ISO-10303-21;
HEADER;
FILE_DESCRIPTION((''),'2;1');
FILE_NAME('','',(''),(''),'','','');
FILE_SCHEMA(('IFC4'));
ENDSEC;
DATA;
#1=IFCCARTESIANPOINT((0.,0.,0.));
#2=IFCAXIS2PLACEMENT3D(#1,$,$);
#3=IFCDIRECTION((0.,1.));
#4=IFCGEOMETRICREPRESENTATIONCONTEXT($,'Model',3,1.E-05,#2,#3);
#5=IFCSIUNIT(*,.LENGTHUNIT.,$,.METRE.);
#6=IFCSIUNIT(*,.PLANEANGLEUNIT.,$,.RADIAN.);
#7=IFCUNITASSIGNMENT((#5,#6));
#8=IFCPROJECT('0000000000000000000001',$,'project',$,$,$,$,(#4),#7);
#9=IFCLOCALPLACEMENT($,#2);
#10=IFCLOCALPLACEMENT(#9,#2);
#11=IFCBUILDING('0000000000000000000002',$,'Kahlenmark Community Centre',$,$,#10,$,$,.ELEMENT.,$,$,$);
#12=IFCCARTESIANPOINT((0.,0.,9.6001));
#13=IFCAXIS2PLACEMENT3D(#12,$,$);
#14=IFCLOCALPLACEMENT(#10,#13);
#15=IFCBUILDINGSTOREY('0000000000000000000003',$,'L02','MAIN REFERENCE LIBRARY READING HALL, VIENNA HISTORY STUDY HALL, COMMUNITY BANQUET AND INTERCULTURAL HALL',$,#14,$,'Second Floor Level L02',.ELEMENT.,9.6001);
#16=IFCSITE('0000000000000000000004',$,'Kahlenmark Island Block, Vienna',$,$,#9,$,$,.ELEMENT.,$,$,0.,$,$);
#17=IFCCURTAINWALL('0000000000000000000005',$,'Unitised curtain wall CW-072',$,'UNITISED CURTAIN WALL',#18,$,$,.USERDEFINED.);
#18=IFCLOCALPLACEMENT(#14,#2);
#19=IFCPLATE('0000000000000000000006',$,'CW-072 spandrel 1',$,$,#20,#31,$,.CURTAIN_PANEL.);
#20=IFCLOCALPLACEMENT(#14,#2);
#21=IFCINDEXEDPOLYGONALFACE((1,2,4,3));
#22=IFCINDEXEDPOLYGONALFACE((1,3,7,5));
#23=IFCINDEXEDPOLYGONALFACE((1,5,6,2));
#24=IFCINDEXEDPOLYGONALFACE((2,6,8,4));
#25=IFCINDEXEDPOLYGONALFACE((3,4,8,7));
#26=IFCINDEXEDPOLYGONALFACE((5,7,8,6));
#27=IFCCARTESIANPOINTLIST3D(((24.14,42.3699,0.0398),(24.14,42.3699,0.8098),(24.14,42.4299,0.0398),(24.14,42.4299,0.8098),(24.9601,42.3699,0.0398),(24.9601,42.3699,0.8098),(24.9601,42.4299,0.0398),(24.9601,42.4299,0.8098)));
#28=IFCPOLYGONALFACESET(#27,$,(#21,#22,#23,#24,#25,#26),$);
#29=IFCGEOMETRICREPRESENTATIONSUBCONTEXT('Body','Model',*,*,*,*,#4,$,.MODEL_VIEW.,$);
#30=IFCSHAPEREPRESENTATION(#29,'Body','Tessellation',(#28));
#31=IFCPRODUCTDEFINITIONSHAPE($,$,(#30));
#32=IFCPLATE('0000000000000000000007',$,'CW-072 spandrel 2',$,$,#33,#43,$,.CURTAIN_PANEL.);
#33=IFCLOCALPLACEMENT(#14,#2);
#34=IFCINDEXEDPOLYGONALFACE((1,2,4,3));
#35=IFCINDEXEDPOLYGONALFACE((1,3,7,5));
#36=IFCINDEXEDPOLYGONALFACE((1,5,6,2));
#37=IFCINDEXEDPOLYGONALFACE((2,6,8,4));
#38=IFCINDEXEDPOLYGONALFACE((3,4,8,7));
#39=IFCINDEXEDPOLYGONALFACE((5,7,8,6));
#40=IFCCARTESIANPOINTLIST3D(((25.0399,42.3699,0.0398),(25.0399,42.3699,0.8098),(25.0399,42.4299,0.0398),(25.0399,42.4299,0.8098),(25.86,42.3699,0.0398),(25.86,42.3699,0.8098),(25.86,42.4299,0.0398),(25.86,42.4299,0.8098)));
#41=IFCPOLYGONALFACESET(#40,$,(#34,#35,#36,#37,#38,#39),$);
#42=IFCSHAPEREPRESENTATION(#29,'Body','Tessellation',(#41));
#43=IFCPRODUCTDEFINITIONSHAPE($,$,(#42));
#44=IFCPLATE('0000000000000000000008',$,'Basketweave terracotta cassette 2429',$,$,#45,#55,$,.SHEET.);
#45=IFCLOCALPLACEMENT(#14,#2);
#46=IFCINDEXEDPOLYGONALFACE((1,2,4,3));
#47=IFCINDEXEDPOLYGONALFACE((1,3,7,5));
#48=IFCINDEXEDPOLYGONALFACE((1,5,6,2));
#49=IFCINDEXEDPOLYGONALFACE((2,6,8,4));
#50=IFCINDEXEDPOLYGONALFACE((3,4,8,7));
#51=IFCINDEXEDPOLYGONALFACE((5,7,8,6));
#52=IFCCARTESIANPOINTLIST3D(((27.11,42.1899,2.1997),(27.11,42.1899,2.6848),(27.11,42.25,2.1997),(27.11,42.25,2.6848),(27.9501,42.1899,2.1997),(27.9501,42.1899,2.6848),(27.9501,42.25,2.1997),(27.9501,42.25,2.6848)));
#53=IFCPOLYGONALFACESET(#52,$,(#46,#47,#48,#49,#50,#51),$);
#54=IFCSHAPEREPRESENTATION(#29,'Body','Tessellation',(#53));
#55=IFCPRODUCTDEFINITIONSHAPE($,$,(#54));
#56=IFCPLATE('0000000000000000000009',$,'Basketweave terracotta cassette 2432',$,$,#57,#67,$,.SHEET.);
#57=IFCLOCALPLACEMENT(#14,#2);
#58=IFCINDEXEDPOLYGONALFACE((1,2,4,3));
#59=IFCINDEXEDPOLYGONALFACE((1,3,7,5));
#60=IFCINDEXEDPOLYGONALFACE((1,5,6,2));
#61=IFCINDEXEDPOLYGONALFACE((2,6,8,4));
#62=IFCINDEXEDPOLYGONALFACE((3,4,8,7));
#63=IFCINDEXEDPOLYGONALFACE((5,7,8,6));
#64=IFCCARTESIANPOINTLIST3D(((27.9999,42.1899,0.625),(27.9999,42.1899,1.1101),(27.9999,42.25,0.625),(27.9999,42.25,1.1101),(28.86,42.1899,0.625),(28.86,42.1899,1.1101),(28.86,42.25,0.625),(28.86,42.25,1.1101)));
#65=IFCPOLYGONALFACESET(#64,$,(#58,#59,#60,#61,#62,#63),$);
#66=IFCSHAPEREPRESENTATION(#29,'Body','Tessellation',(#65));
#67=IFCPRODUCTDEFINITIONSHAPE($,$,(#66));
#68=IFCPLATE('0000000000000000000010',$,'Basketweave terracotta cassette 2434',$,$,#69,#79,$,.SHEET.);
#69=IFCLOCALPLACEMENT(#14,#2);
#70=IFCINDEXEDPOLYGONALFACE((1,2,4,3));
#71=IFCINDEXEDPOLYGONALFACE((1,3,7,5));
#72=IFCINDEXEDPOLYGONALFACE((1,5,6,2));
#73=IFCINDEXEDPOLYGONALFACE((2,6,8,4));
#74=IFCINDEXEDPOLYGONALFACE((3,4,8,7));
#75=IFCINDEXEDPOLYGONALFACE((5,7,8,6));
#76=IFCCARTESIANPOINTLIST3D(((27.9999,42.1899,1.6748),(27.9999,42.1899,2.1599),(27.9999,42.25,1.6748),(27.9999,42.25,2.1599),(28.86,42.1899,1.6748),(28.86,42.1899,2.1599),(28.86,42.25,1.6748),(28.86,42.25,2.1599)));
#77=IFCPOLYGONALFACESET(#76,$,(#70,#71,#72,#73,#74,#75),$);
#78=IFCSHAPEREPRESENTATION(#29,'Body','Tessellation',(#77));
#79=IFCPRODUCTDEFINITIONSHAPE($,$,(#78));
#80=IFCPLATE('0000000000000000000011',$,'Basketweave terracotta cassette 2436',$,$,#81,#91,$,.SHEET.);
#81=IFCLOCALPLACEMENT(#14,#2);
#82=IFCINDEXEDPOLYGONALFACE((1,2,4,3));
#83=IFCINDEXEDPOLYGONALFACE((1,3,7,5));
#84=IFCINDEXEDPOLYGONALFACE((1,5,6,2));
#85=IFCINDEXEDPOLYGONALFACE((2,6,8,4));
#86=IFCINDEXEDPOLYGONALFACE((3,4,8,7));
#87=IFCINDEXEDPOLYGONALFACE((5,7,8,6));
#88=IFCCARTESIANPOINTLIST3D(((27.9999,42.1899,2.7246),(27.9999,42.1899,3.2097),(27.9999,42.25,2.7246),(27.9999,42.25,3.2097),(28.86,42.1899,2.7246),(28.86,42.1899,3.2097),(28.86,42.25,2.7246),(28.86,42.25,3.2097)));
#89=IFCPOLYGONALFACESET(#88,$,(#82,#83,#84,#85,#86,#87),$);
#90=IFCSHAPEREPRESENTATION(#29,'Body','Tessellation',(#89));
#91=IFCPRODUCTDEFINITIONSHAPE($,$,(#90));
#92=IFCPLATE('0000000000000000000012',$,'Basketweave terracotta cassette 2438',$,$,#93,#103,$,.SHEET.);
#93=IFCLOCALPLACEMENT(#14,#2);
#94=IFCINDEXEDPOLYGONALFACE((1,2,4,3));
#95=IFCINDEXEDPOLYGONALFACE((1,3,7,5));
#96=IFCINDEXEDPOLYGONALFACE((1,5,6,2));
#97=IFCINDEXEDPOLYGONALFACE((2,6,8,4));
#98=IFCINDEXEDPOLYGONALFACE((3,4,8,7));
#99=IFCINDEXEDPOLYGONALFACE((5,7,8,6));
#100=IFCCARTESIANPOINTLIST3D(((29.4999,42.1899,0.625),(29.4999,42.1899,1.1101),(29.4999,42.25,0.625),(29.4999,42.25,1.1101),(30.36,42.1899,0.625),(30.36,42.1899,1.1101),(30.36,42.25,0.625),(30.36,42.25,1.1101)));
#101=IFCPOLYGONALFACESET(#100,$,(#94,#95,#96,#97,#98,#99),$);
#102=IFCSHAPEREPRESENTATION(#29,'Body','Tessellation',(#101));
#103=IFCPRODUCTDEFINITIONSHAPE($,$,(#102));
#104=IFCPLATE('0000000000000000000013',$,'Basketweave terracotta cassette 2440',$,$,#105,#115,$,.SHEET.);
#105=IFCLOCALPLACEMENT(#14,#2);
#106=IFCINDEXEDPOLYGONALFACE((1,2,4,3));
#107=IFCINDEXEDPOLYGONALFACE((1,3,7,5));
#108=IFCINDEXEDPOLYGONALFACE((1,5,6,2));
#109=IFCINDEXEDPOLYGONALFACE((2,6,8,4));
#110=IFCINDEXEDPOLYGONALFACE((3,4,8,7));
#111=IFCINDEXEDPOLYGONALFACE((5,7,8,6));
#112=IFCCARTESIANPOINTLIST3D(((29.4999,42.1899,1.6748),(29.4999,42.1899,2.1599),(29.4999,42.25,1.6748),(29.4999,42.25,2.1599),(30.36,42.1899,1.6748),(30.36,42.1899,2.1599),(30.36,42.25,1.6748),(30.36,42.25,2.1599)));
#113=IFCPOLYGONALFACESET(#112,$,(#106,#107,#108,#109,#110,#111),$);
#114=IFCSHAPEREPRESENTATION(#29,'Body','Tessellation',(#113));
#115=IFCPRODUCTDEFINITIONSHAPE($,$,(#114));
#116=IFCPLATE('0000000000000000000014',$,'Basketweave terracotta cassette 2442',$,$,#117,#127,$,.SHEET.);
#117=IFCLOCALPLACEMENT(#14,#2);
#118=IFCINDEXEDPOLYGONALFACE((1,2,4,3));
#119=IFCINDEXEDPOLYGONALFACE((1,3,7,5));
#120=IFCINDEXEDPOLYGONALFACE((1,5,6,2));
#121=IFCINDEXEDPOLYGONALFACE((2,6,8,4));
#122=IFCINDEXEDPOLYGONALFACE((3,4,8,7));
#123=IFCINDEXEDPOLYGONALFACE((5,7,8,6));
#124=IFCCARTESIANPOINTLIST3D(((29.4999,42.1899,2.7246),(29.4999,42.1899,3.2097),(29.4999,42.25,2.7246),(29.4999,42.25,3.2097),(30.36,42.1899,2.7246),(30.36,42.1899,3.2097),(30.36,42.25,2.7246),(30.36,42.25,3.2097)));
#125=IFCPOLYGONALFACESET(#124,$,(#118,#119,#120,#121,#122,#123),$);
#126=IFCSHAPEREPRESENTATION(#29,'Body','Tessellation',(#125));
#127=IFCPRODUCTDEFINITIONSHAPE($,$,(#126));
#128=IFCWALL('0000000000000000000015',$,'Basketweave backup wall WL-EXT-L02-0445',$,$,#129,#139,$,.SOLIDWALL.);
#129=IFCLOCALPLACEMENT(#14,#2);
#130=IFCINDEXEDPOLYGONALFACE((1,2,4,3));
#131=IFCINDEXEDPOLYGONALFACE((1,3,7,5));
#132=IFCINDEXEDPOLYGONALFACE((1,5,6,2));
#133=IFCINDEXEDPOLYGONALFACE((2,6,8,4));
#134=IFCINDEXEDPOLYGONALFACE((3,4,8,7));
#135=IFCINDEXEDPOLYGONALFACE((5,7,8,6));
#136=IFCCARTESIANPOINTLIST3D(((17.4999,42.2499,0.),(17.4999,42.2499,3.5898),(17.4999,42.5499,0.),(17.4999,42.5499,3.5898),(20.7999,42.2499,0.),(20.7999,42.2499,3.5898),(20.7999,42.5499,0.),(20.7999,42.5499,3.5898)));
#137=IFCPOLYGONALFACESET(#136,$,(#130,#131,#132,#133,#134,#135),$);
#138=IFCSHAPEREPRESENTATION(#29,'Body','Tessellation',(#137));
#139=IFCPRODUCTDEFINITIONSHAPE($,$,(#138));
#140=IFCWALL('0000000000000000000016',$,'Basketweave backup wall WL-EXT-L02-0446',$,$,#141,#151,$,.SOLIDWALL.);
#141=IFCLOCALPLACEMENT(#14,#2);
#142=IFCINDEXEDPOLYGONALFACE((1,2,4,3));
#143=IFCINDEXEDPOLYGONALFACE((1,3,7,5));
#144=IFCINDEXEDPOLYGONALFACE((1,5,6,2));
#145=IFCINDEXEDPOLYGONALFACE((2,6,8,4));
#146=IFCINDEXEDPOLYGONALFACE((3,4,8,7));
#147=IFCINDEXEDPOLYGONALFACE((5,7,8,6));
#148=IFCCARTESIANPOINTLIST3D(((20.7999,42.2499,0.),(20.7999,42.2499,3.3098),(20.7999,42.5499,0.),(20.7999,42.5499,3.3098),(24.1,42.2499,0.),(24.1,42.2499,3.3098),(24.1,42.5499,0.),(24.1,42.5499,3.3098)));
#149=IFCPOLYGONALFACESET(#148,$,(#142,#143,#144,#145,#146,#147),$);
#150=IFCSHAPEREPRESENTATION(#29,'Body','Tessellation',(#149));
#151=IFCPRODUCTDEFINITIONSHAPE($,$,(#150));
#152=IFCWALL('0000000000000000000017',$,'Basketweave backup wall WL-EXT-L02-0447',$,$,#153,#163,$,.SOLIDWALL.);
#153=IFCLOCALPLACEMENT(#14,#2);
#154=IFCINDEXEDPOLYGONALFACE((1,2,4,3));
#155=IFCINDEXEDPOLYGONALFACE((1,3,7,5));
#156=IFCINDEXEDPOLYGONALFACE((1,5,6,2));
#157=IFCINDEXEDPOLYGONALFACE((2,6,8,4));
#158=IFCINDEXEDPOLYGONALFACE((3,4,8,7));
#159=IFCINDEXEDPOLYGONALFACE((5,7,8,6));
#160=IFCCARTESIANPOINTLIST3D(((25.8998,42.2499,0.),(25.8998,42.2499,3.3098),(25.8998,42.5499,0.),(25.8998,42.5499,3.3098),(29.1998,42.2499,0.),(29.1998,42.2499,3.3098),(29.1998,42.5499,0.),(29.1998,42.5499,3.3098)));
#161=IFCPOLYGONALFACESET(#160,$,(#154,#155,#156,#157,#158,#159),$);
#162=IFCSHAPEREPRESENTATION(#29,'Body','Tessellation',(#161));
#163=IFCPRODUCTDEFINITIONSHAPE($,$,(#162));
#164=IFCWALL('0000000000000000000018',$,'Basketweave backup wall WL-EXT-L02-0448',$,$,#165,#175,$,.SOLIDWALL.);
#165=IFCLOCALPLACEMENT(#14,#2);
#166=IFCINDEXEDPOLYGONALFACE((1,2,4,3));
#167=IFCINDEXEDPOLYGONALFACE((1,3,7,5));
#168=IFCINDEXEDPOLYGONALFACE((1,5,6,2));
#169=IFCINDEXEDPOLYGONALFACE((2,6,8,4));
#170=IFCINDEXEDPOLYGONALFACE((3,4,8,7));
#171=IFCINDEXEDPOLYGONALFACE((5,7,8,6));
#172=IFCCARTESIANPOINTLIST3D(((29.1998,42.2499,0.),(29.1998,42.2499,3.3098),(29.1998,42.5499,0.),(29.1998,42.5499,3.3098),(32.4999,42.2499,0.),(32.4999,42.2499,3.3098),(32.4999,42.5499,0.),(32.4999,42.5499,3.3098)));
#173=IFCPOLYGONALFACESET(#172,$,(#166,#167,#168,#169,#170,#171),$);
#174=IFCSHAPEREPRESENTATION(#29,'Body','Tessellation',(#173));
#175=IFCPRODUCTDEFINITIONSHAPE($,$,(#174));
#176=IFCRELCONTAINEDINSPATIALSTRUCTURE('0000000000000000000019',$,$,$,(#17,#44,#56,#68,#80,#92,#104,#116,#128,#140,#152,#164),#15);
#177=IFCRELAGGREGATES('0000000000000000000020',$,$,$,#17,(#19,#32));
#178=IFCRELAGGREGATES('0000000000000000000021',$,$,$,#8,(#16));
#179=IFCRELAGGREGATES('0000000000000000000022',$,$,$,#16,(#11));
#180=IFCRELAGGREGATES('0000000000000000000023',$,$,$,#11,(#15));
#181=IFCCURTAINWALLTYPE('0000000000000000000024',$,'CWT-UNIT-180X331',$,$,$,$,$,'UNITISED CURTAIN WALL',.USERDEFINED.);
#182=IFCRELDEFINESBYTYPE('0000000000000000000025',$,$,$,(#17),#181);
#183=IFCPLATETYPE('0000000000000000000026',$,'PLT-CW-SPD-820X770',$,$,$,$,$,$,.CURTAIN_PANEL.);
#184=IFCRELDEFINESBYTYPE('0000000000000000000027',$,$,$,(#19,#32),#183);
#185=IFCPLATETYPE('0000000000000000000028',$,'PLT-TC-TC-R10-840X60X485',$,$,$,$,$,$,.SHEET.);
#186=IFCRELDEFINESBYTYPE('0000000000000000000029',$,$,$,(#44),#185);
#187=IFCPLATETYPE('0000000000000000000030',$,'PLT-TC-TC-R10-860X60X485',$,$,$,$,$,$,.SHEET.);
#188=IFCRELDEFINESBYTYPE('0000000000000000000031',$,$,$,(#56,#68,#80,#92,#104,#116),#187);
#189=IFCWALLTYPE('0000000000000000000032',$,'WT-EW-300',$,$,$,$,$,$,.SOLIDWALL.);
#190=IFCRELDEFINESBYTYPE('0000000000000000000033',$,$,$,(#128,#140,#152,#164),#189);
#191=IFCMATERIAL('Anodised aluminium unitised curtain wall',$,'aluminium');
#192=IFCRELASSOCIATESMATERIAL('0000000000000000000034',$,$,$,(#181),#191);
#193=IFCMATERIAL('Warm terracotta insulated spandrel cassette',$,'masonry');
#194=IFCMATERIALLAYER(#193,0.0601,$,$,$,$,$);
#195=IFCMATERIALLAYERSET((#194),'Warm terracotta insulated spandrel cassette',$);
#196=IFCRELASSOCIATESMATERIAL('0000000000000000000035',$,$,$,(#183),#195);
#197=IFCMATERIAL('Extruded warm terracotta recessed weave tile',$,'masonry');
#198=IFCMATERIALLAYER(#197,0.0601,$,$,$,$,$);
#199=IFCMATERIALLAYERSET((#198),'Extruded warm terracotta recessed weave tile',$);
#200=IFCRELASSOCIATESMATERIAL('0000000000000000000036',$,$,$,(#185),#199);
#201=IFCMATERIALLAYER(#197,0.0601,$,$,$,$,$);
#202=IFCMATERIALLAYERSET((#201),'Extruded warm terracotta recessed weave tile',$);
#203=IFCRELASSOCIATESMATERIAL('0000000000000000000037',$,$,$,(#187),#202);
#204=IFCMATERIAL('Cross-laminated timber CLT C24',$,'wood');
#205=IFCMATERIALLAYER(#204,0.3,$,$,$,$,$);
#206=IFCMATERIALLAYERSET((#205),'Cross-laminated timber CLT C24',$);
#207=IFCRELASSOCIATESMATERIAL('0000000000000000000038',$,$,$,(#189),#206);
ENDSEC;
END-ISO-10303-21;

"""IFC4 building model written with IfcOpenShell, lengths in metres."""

from ifc_helpers import new_model, si_unit, direction, frame, frame_2d, origin, origin_2d, place, context, subcontext, project, spatial, rectangle, extrude, material, layer, layer_set, type_object, element, aggregate, save


model = new_model("IFC4")

# Units and contexts
model_context = context("Model", 3, precision=1e-05, world=origin(), true_north=direction((0.0, 1.0)))
body_context = subcontext(model_context, "Body", "Model", "MODEL_VIEW")
ifc_project = project(units=[si_unit("LENGTHUNIT", "METRE"), si_unit("PLANEANGLEUNIT", "RADIAN")], contexts=[model_context])

# Site, building, storey
site_placement = place(None, origin())
site = spatial("IfcSite", under=ifc_project, at=site_placement, Name="Kahlenmark Island Block, Vienna", CompositionType="ELEMENT", RefElevation=0.0)
building_placement = place(site_placement, origin())
building = spatial("IfcBuilding", under=site, at=building_placement, Name="Kahlenmark Community Centre", CompositionType="ELEMENT")
storey_placement = place(building_placement, frame((0.0, 0.0, 9.6001)))
storey = spatial("IfcBuildingStorey", under=building, at=storey_placement, Name="L02", Description="MAIN REFERENCE LIBRARY READING HALL, VIENNA HISTORY STUDY HALL, COMMUNITY BANQUET AND INTERCULTURAL HALL", LongName="Second Floor Level L02", CompositionType="ELEMENT", Elevation=9.6001)

# Curtain wall
ifc_material_1 = material(Name="Anodised aluminium unitised curtain wall", Category="aluminium")
curtain_wall_type_1 = type_object("IfcCurtainWallType", Name="CWT-UNIT-180X331", ElementType="UNITISED CURTAIN WALL", PredefinedType="USERDEFINED", material=ifc_material_1)
curtain_wall_1_placement = place(storey_placement, origin())
curtain_wall_1 = element("IfcCurtainWall", 1, at=curtain_wall_1_placement, inside=storey, type_object=curtain_wall_type_1, Name="Unitised curtain wall CW-072", ObjectType="UNITISED CURTAIN WALL", PredefinedType="USERDEFINED")

# Plates
ifc_material_2 = material(Name="Warm terracotta insulated spandrel cassette", Category="masonry")
ifc_layer_1 = layer(ifc_material_2, 0.0601)
ifc_layer_set_1 = layer_set([ifc_layer_1], Name="Warm terracotta insulated spandrel cassette")
plate_type_1 = type_object("IfcPlateType", Name="PLT-CW-SPD-820X770", PredefinedType="CURTAIN_PANEL", material=ifc_layer_set_1)
plate_1_placement = place(storey_placement, frame((24.55, 42.3999, 0.0398), z_axis=(0.0, 0.0, 1.0), x_axis=(1.0, 0.0, 0.0)))
plate_1 = element("IfcPlate", 2, at=plate_1_placement, type_object=plate_type_1, Name="CW-072 spandrel 1", PredefinedType="CURTAIN_PANEL", context=body_context, shape_type="SweptSolid", body=[
    extrude(rectangle(XDim=0.8201, YDim=0.0601, at=origin_2d()), origin(), (0.0, 0.0, 1.0), 0.77),
])
plate_2_placement = place(storey_placement, frame((25.45, 42.3999, 0.0398), z_axis=(0.0, 0.0, 1.0), x_axis=(1.0, 0.0, 0.0)))
plate_2 = element("IfcPlate", 3, at=plate_2_placement, type_object=plate_type_1, Name="CW-072 spandrel 2", PredefinedType="CURTAIN_PANEL", context=body_context, shape_type="SweptSolid", body=[
    extrude(rectangle(XDim=0.8201, YDim=0.0601, at=origin_2d()), origin(), (0.0, 0.0, 1.0), 0.77),
])
aggregate(curtain_wall_1, [plate_1, plate_2])

# Plates
ifc_material_3 = material(Name="Extruded warm terracotta recessed weave tile", Category="masonry")
ifc_layer_2 = layer(ifc_material_3, 0.0601)
ifc_layer_set_2 = layer_set([ifc_layer_2], Name="Extruded warm terracotta recessed weave tile")
plate_type_2 = type_object("IfcPlateType", Name="PLT-TC-TC-R10-840X60X485", PredefinedType="SHEET", material=ifc_layer_set_2)
plate_3_placement = place(storey_placement, frame((27.53, 42.22, 2.1997), z_axis=(0.0, 0.0, 1.0), x_axis=(1.0, 0.0, 0.0)))
element("IfcPlate", 4, at=plate_3_placement, inside=storey, type_object=plate_type_2, Name="Basketweave terracotta cassette 2429", PredefinedType="SHEET", context=body_context, shape_type="SweptSolid", body=[
    extrude(rectangle(XDim=0.8401, YDim=0.0601, at=origin_2d()), origin(), (0.0, 0.0, 1.0), 0.4851),
])
ifc_layer_3 = layer(ifc_material_3, 0.0601)
ifc_layer_set_3 = layer_set([ifc_layer_3], Name="Extruded warm terracotta recessed weave tile")
plate_type_3 = type_object("IfcPlateType", Name="PLT-TC-TC-R10-860X60X485", PredefinedType="SHEET", material=ifc_layer_set_3)
for number, where, z_axis, x_axis, name in (
    (5, (28.4299, 42.22, 0.625), (0.0, 0.0, 1.0), (1.0, 0.0, 0.0), "Basketweave terracotta cassette 2432"),
    (6, (28.4299, 42.22, 1.6748), (0.0, 0.0, 1.0), (1.0, 0.0, 0.0), "Basketweave terracotta cassette 2434"),
    (7, (28.4299, 42.22, 2.7246), (0.0, 0.0, 1.0), (1.0, 0.0, 0.0), "Basketweave terracotta cassette 2436"),
    (8, (29.9299, 42.22, 0.625), (0.0, 0.0, 1.0), (1.0, 0.0, 0.0), "Basketweave terracotta cassette 2438"),
    (9, (29.9299, 42.22, 1.6748), (0.0, 0.0, 1.0), (1.0, 0.0, 0.0), "Basketweave terracotta cassette 2440"),
    (10, (29.9299, 42.22, 2.7246), (0.0, 0.0, 1.0), (1.0, 0.0, 0.0), "Basketweave terracotta cassette 2442"),
):
    element("IfcPlate", number, at=place(storey_placement, frame(where, z_axis=z_axis, x_axis=x_axis)), inside=storey, type_object=plate_type_3, Name=name, PredefinedType="SHEET", context=body_context, shape_type="SweptSolid", body=[
        extrude(rectangle(XDim=0.8601, YDim=0.0601, at=origin_2d()), origin(), (0.0, 0.0, 1.0), 0.4851),
    ])

# Walls
ifc_material_4 = material(Name="Cross-laminated timber CLT C24", Category="wood")
ifc_layer_4 = layer(ifc_material_4, 0.3)
ifc_layer_set_4 = layer_set([ifc_layer_4], Name="Cross-laminated timber CLT C24")
wall_type = type_object("IfcWallType", Name="WT-EW-300", PredefinedType="SOLIDWALL", material=ifc_layer_set_4)
wall_placement = place(storey_placement, frame((17.5, 42.3999, 0.0), z_axis=(0.0, 0.0, 1.0), x_axis=(1.0, 0.0, 0.0)))
element("IfcWall", 11, at=wall_placement, inside=storey, type_object=wall_type, Name="Basketweave backup wall WL-EXT-L02-0445", PredefinedType="SOLIDWALL", context=body_context, shape_type="SweptSolid", body=[
    extrude(rectangle(XDim=3.3, YDim=0.3, at=frame_2d((1.6499, 0.0))), origin(), (0.0, 0.0, 1.0), 3.5898),
])
for number, where, z_axis, x_axis, name in (
    (12, (20.8, 42.3999, 0.0), (0.0, 0.0, 1.0), (1.0, 0.0, 0.0), "Basketweave backup wall WL-EXT-L02-0446"),
    (13, (25.8999, 42.3999, 0.0), (0.0, 0.0, 1.0), (1.0, 0.0, 0.0), "Basketweave backup wall WL-EXT-L02-0447"),
    (14, (29.2, 42.3999, 0.0), (0.0, 0.0, 1.0), (1.0, 0.0, 0.0), "Basketweave backup wall WL-EXT-L02-0448"),
):
    element("IfcWall", number, at=place(storey_placement, frame(where, z_axis=z_axis, x_axis=x_axis)), inside=storey, type_object=wall_type, Name=name, PredefinedType="SOLIDWALL", context=body_context, shape_type="SweptSolid", body=[
        extrude(rectangle(XDim=3.3, YDim=0.3, at=frame_2d((1.6499, 0.0))), origin(), (0.0, 0.0, 1.0), 3.3098),
    ])

save(model, "model.ifc")
